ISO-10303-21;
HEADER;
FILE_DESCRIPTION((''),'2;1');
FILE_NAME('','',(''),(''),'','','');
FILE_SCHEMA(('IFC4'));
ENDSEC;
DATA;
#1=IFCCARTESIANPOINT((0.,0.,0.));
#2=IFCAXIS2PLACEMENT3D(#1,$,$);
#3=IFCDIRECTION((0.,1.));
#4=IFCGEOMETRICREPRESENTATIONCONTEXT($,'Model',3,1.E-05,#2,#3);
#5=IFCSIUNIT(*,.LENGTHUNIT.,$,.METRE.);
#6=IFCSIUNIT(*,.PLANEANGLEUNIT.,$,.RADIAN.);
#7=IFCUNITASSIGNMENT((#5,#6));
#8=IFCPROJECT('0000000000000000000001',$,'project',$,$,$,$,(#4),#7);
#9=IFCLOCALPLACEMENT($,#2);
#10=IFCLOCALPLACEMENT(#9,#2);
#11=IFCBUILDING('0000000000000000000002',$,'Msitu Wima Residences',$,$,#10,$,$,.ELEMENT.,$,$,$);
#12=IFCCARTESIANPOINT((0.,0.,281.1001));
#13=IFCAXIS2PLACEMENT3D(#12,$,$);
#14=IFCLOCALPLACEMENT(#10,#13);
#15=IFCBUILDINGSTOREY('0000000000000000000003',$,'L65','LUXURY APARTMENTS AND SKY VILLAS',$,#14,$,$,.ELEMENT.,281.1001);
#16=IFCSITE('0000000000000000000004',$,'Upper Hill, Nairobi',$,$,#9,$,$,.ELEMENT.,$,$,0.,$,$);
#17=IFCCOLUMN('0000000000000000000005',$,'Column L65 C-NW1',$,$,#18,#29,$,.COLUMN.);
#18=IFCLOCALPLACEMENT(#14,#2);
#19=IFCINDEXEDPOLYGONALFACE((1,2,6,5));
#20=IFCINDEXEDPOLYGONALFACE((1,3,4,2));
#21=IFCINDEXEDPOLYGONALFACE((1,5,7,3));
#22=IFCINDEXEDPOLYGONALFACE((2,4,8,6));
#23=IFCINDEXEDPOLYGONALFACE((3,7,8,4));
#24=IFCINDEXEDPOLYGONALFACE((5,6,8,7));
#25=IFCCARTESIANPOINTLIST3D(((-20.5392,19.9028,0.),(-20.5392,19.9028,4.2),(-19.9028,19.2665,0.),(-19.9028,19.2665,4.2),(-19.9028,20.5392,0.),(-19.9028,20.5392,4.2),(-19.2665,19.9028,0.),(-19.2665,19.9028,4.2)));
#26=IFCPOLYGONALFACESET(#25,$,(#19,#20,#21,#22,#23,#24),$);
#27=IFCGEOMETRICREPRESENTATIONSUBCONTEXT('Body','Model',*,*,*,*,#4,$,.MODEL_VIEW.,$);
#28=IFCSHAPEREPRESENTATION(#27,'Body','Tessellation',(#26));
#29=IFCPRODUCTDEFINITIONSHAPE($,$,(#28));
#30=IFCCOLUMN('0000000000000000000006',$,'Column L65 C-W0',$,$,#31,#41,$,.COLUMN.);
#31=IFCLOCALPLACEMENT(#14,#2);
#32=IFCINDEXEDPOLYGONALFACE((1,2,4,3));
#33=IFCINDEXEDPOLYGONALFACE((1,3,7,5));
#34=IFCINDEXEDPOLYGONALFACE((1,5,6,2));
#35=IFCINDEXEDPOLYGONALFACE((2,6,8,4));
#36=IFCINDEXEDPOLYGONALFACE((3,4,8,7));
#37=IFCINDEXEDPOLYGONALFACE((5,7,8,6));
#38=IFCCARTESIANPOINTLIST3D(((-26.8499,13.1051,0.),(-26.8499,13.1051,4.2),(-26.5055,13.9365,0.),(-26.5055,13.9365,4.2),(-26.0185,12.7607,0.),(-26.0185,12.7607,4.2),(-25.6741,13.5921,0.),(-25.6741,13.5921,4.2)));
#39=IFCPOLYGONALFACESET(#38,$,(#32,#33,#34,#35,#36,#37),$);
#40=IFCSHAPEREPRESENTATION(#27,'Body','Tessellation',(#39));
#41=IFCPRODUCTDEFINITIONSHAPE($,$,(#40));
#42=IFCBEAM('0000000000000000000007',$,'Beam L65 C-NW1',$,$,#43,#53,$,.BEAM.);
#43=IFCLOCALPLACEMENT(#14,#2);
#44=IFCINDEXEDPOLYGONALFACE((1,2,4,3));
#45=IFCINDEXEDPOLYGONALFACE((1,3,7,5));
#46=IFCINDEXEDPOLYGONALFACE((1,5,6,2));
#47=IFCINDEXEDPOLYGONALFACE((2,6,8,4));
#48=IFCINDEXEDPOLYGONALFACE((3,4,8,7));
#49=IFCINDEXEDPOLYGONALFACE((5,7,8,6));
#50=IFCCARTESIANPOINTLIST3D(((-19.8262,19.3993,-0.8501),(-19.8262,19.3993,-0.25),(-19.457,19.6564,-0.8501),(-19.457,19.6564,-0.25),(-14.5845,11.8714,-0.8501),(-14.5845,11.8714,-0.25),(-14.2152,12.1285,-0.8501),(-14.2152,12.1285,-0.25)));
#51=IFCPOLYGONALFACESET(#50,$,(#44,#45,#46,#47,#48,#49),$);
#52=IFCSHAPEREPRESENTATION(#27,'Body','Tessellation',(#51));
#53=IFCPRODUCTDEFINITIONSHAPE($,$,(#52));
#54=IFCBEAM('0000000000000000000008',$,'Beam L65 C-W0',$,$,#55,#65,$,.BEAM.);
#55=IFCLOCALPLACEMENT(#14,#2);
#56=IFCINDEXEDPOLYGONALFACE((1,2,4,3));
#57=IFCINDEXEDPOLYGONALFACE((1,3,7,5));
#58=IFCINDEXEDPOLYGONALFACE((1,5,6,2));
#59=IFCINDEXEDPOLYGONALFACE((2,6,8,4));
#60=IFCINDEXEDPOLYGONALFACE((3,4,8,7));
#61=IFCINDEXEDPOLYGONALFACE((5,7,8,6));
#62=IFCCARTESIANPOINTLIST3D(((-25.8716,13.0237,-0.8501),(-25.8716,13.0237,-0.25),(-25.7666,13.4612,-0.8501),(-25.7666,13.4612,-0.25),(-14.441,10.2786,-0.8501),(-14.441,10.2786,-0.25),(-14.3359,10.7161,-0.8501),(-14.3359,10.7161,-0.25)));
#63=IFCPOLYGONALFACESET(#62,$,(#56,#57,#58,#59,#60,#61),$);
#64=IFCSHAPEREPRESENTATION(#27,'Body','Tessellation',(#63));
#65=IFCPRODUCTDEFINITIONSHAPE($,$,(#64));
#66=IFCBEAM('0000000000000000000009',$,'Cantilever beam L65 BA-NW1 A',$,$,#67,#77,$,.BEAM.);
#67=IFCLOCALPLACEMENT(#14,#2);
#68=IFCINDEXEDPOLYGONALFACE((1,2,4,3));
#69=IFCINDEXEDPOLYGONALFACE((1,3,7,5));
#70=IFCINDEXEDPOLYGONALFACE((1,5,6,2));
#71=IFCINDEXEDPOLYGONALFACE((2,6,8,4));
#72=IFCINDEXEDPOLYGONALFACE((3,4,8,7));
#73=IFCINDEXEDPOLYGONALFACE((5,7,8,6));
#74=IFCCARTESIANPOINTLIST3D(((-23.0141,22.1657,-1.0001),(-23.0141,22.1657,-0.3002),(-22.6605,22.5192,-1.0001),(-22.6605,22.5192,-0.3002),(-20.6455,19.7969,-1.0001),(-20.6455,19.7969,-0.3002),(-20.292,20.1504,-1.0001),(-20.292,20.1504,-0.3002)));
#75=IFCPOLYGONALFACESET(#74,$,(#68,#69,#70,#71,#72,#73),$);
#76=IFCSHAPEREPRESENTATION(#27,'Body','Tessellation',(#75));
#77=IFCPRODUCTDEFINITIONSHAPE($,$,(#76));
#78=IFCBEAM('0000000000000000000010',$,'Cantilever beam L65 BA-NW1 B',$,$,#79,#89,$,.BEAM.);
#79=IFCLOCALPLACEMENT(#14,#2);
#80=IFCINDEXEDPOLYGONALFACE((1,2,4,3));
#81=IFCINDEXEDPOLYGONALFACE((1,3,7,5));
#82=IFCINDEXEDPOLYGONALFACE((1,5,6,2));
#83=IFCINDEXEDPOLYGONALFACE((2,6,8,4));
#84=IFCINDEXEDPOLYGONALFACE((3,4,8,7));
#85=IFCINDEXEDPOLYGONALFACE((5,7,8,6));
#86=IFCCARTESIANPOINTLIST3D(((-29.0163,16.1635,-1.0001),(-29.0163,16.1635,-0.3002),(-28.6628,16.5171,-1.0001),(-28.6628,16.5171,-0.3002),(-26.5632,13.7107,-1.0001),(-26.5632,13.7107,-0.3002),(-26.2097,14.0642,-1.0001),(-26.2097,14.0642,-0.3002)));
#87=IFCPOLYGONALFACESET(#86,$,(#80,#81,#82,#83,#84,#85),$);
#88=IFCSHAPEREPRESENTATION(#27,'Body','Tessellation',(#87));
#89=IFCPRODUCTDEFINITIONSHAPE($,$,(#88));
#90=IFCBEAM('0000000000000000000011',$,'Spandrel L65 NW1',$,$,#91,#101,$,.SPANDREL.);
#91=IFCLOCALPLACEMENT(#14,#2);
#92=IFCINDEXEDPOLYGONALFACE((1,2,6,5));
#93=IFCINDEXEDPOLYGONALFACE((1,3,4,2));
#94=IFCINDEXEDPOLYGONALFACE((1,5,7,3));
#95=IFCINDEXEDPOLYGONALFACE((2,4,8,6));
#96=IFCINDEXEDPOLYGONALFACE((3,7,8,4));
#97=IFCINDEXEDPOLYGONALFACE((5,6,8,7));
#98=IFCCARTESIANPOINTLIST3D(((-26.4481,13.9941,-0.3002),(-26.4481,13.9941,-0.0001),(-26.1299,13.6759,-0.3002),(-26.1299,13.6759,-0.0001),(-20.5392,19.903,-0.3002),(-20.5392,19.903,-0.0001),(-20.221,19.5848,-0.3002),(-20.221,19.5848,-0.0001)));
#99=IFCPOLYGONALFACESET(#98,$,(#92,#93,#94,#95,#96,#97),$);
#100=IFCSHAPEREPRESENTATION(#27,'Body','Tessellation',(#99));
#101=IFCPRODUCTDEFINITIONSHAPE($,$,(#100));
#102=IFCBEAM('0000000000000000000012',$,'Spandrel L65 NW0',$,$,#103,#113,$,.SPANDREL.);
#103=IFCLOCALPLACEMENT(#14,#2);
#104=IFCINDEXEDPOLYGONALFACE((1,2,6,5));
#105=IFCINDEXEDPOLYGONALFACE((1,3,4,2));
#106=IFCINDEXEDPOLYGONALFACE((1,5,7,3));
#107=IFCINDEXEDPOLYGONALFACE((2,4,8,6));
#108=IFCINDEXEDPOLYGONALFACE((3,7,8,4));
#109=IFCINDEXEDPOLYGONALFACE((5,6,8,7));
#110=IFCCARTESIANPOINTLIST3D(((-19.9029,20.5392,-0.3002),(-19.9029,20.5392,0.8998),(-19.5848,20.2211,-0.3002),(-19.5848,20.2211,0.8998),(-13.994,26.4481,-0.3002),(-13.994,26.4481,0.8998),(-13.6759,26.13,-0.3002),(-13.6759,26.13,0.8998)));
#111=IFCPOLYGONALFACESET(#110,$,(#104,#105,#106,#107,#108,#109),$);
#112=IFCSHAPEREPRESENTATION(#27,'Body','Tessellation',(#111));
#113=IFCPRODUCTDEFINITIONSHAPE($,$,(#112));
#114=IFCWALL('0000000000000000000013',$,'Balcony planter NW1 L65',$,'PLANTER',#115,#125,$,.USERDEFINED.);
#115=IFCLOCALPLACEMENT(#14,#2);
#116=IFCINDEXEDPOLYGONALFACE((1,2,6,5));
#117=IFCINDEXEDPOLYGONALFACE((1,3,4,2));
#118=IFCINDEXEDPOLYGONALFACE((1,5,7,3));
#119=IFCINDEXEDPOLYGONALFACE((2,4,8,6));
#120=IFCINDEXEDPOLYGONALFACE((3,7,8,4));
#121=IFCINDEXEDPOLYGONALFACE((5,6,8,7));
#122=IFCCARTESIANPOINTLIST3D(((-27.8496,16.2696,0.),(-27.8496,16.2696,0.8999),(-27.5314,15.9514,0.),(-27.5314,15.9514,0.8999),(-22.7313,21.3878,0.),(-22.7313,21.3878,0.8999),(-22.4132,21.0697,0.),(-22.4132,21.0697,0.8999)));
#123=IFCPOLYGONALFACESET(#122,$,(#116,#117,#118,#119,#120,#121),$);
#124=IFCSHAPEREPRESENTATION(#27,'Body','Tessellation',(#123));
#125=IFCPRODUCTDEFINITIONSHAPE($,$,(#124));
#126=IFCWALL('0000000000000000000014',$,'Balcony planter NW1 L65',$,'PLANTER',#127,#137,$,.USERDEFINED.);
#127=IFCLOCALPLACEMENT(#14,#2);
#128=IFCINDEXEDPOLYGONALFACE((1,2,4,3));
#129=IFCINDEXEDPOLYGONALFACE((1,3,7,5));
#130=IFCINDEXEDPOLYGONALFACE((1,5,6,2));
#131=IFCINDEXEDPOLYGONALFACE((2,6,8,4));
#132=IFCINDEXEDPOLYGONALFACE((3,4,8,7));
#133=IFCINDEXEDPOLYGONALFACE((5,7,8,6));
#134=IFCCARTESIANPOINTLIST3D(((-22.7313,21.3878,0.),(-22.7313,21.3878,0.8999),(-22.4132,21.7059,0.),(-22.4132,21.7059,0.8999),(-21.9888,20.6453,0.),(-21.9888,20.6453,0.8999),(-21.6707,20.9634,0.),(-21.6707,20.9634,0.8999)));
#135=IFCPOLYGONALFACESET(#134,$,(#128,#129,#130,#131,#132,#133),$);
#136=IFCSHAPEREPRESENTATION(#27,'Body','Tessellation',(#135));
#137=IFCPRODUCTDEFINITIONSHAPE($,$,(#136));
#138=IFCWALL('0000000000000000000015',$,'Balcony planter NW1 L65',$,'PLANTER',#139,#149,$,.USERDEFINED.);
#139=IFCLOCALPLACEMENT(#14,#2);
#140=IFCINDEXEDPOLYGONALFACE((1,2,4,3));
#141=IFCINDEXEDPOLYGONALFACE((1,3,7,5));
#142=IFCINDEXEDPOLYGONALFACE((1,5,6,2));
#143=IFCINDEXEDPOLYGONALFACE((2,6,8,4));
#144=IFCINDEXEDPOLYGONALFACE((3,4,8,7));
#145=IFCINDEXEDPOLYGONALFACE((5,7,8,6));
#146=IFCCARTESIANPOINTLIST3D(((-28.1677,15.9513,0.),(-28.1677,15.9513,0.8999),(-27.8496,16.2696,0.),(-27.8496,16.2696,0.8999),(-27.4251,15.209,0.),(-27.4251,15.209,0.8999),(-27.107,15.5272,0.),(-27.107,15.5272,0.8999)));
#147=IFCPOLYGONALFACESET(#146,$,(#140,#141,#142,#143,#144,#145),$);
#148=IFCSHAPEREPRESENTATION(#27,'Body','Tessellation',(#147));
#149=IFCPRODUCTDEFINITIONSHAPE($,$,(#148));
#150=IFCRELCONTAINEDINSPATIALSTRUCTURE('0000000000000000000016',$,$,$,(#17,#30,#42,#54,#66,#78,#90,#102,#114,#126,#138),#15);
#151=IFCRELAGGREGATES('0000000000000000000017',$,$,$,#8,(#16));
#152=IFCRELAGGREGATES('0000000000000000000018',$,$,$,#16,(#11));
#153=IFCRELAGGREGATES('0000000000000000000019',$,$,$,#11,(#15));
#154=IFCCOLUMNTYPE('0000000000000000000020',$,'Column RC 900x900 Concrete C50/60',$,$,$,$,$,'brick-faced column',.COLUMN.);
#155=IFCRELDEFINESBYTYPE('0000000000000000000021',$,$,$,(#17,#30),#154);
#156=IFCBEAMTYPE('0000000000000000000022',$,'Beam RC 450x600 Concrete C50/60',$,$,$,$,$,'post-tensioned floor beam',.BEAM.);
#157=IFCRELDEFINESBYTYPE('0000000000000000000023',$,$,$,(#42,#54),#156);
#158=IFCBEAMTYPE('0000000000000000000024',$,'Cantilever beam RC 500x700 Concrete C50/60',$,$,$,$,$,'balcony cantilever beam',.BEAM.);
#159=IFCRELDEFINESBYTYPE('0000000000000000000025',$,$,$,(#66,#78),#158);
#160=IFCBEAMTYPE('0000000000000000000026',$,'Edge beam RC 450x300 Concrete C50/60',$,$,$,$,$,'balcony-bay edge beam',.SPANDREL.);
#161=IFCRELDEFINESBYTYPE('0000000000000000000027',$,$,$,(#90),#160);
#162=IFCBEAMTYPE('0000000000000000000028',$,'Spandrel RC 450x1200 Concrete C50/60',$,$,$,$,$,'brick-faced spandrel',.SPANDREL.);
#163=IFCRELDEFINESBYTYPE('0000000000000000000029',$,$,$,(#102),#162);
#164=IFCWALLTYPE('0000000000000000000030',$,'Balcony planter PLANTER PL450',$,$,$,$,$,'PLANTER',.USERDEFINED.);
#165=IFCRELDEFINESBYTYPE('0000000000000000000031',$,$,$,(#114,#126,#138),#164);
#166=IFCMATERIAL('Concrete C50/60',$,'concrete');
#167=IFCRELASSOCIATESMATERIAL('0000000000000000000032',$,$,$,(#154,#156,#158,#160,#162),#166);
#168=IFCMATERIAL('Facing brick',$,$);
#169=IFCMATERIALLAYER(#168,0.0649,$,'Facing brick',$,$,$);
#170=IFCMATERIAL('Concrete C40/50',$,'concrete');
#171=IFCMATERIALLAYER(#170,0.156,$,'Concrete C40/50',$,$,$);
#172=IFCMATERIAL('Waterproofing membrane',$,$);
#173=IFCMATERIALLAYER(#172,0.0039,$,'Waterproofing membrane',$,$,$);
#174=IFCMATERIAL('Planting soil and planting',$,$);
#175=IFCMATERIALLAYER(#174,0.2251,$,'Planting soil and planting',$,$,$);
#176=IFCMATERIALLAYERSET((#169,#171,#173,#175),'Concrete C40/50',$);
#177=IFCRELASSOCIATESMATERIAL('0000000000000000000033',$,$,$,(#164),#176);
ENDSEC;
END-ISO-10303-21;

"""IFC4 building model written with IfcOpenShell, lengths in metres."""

from ifc_helpers import new_model, si_unit, direction, frame, frame_2d, origin, origin_2d, place, context, subcontext, project, spatial, rectangle, extrude, material, layer, layer_set, material_profile, profile_set, type_object, element, save


model = new_model("IFC4")

# Units and contexts
model_context = context("Model", 3, precision=1e-05, world=origin(), true_north=direction((0.0, 1.0)))
body_context = subcontext(model_context, "Body", "Model", "MODEL_VIEW")
ifc_project = project(units=[si_unit("LENGTHUNIT", "METRE"), si_unit("PLANEANGLEUNIT", "RADIAN")], contexts=[model_context])

# Site, building, storey
site_placement = place(None, origin())
site = spatial("IfcSite", under=ifc_project, at=site_placement, Name="Upper Hill, Nairobi", CompositionType="ELEMENT", RefElevation=0.0)
building_placement = place(site_placement, origin())
building = spatial("IfcBuilding", under=site, at=building_placement, Name="Msitu Wima Residences", CompositionType="ELEMENT")
storey_placement = place(building_placement, frame((0.0, 0.0, 281.1001)))
storey = spatial("IfcBuildingStorey", under=building, at=storey_placement, Name="L65", Description="LUXURY APARTMENTS AND SKY VILLAS", CompositionType="ELEMENT", Elevation=281.1001)

# Columns
ifc_material_1 = material(Name="Concrete C50/60", Category="concrete")
ifc_material_profile_1 = material_profile(ifc_material_1, rectangle(XDim=0.8999, YDim=0.8999, at=origin_2d()), Name="RC 900x900")
ifc_profile_set_1 = profile_set([ifc_material_profile_1], Name="Concrete C50/60")
column_type = type_object("IfcColumnType", Name="Column RC 900x900 Concrete C50/60", ElementType="brick-faced column", PredefinedType="COLUMN", material=ifc_profile_set_1)
for number, where, z_axis, x_axis, name in (
    (1, (-19.9028, 19.9028, 0.0), (0.0, 0.0, 1.0), (-0.707107, -0.707107, 0.0), "Column L65 C-NW1"),
    (2, (-26.262, 13.3486, 0.0), (0.0, 0.0, 1.0), (-0.382683, -0.92388, 0.0), "Column L65 C-W0"),
):
    element("IfcColumn", number, at=place(storey_placement, frame(where, z_axis=z_axis, x_axis=x_axis)), inside=storey, type_object=column_type, Name=name, PredefinedType="COLUMN", context=body_context, shape_type="SweptSolid", body=[
        extrude(rectangle(XDim=0.8999, YDim=0.8999, at=origin_2d()), origin(), (0.0, 0.0, 1.0), 4.2),
    ])

# Beams
ifc_material_profile_2 = material_profile(ifc_material_1, rectangle(XDim=0.45, YDim=0.6001, at=origin_2d()), Name="RC 450x600")
ifc_profile_set_2 = profile_set([ifc_material_profile_2], Name="Concrete C50/60")
beam_type_1 = type_object("IfcBeamType", Name="Beam RC 450x600 Concrete C50/60", ElementType="post-tensioned floor beam", PredefinedType="BEAM", material=ifc_profile_set_2)
beam_1_placement = place(storey_placement, frame((-19.6416, 19.5278, -0.55), z_axis=(0.571428, -0.820652, 0.0), x_axis=(0.820652, 0.571428, 0.0)))
element("IfcBeam", 3, at=beam_1_placement, inside=storey, type_object=beam_type_1, Name="Beam L65 C-NW1", PredefinedType="BEAM", context=body_context, shape_type="SweptSolid", body=[
    extrude(rectangle(XDim=0.45, YDim=0.6001, at=origin_2d()), origin(), (0.0, 0.0, 1.0), 9.1731),
])
beam_2_placement = place(storey_placement, frame((-25.8191, 13.2424, -0.55), z_axis=(0.972353, -0.233514, 0.0), x_axis=(0.233514, 0.972353, 0.0)))
element("IfcBeam", 4, at=beam_2_placement, inside=storey, type_object=beam_type_1, Name="Beam L65 C-W0", PredefinedType="BEAM", context=body_context, shape_type="SweptSolid", body=[
    extrude(rectangle(XDim=0.45, YDim=0.6001, at=origin_2d()), origin(), (0.0, 0.0, 1.0), 11.7556),
])
ifc_material_profile_3 = material_profile(ifc_material_1, rectangle(XDim=0.5, YDim=0.7, at=origin_2d()), Name="RC 500x700")
ifc_profile_set_3 = profile_set([ifc_material_profile_3], Name="Concrete C50/60")
beam_type_2 = type_object("IfcBeamType", Name="Cantilever beam RC 500x700 Concrete C50/60", ElementType="balcony cantilever beam", PredefinedType="BEAM", material=ifc_profile_set_3)
beam_3_placement = place(storey_placement, frame((-20.4688, 19.9736, -0.6501), z_axis=(-0.70707, 0.707143, 0.0), x_axis=(-0.707143, -0.70707, 0.0)))
element("IfcBeam", 5, at=beam_3_placement, inside=storey, type_object=beam_type_2, Name="Cantilever beam L65 BA-NW1 A", PredefinedType="BEAM", context=body_context, shape_type="SweptSolid", body=[
    extrude(rectangle(XDim=0.5, YDim=0.7, at=origin_2d()), origin(), (0.0, 0.0, 1.0), 3.3499),
])
beam_4_placement = place(storey_placement, frame((-26.3865, 13.8875, -0.6501), z_axis=(-0.707142, 0.707072, 0.0), x_axis=(-0.707072, -0.707142, 0.0)))
element("IfcBeam", 6, at=beam_4_placement, inside=storey, type_object=beam_type_2, Name="Cantilever beam L65 BA-NW1 B", PredefinedType="BEAM", context=body_context, shape_type="SweptSolid", body=[
    extrude(rectangle(XDim=0.5, YDim=0.7, at=origin_2d()), origin(), (0.0, 0.0, 1.0), 3.469),
])
ifc_material_profile_4 = material_profile(ifc_material_1, rectangle(XDim=0.45, YDim=0.3, at=origin_2d()), Name="RC 450x300")
ifc_profile_set_4 = profile_set([ifc_material_profile_4], Name="Concrete C50/60")
beam_type_3 = type_object("IfcBeamType", Name="Edge beam RC 450x300 Concrete C50/60", ElementType="balcony-bay edge beam", PredefinedType="SPANDREL", material=ifc_profile_set_4)
beam_5_placement = place(storey_placement, frame((-20.3801, 19.7439, -0.1501), z_axis=(-0.707107, -0.707107, 0.0), x_axis=(0.707107, -0.707107, 0.0)))
element("IfcBeam", 7, at=beam_5_placement, inside=storey, type_object=beam_type_3, Name="Spandrel L65 NW1", PredefinedType="SPANDREL", context=body_context, shape_type="SweptSolid", body=[
    extrude(rectangle(XDim=0.45, YDim=0.3, at=origin_2d()), origin(), (0.0, 0.0, 1.0), 8.3564),
])
ifc_material_profile_5 = material_profile(ifc_material_1, rectangle(XDim=0.45, YDim=1.2, at=origin_2d()), Name="RC 450x1200")
ifc_profile_set_5 = profile_set([ifc_material_profile_5], Name="Concrete C50/60")
beam_type_4 = type_object("IfcBeamType", Name="Spandrel RC 450x1200 Concrete C50/60", ElementType="brick-faced spandrel", PredefinedType="SPANDREL", material=ifc_profile_set_5)
beam_6_placement = place(storey_placement, frame((-13.835, 26.2891, 0.2998), z_axis=(-0.707107, -0.707107, 0.0), x_axis=(0.707107, -0.707107, 0.0)))
element("IfcBeam", 8, at=beam_6_placement, inside=storey, type_object=beam_type_4, Name="Spandrel L65 NW0", PredefinedType="SPANDREL", context=body_context, shape_type="SweptSolid", body=[
    extrude(rectangle(XDim=0.45, YDim=1.2, at=origin_2d()), origin(), (0.0, 0.0, 1.0), 8.3564),
])

# Walls
ifc_material_2 = material(Name="Facing brick")
ifc_layer_1 = layer(ifc_material_2, 0.0649, Name="Facing brick")
ifc_material_3 = material(Name="Concrete C40/50", Category="concrete")
ifc_layer_2 = layer(ifc_material_3, 0.156, Name="Concrete C40/50")
ifc_material_4 = material(Name="Waterproofing membrane")
ifc_layer_3 = layer(ifc_material_4, 0.0039, Name="Waterproofing membrane")
ifc_material_5 = material(Name="Planting soil and planting")
ifc_layer_4 = layer(ifc_material_5, 0.2251, Name="Planting soil and planting")
ifc_layer_set_1 = layer_set([ifc_layer_1, ifc_layer_2, ifc_layer_3, ifc_layer_4], Name="Concrete C40/50")
wall_type_1 = type_object("IfcWallType", Name="Balcony planter PLANTER PL450", ElementType="PLANTER", PredefinedType="USERDEFINED", material=ifc_layer_set_1)
wall_1_placement = place(storey_placement, frame((-22.5723, 21.2288, 0.0), z_axis=(0.0, 0.0, 1.0), x_axis=(-0.707107, -0.707107, 0.0)))
element("IfcWall", 9, at=wall_1_placement, inside=storey, type_object=wall_type_1, Name="Balcony planter NW1 L65", ObjectType="PLANTER", PredefinedType="USERDEFINED", context=body_context, shape_type="SweptSolid", body=[
    extrude(rectangle(XDim=7.2383, YDim=0.45, at=frame_2d((3.6191, 0.0))), origin(), (0.0, 0.0, 1.0), 0.8999),
])
for number, where, z_axis, x_axis, name in (
    (10, (-21.8298, 20.8044, 0.0), (0.0, 0.0, 1.0), (-0.707107, 0.707107, 0.0), "Balcony planter NW1 L65"),
    (11, (-27.2661, 15.3682, 0.0), (0.0, 0.0, 1.0), (-0.707223, 0.706991, 0.0), "Balcony planter NW1 L65"),
):
    element("IfcWall", number, at=place(storey_placement, frame(where, z_axis=z_axis, x_axis=x_axis)), inside=storey, type_object=wall_type_1, Name=name, ObjectType="PLANTER", PredefinedType="USERDEFINED", context=body_context, shape_type="SweptSolid", body=[
        extrude(rectangle(XDim=1.05, YDim=0.45, at=frame_2d((0.5249, 0.0))), origin(), (0.0, 0.0, 1.0), 0.8999),
    ])

save(model, "model.ifc")
